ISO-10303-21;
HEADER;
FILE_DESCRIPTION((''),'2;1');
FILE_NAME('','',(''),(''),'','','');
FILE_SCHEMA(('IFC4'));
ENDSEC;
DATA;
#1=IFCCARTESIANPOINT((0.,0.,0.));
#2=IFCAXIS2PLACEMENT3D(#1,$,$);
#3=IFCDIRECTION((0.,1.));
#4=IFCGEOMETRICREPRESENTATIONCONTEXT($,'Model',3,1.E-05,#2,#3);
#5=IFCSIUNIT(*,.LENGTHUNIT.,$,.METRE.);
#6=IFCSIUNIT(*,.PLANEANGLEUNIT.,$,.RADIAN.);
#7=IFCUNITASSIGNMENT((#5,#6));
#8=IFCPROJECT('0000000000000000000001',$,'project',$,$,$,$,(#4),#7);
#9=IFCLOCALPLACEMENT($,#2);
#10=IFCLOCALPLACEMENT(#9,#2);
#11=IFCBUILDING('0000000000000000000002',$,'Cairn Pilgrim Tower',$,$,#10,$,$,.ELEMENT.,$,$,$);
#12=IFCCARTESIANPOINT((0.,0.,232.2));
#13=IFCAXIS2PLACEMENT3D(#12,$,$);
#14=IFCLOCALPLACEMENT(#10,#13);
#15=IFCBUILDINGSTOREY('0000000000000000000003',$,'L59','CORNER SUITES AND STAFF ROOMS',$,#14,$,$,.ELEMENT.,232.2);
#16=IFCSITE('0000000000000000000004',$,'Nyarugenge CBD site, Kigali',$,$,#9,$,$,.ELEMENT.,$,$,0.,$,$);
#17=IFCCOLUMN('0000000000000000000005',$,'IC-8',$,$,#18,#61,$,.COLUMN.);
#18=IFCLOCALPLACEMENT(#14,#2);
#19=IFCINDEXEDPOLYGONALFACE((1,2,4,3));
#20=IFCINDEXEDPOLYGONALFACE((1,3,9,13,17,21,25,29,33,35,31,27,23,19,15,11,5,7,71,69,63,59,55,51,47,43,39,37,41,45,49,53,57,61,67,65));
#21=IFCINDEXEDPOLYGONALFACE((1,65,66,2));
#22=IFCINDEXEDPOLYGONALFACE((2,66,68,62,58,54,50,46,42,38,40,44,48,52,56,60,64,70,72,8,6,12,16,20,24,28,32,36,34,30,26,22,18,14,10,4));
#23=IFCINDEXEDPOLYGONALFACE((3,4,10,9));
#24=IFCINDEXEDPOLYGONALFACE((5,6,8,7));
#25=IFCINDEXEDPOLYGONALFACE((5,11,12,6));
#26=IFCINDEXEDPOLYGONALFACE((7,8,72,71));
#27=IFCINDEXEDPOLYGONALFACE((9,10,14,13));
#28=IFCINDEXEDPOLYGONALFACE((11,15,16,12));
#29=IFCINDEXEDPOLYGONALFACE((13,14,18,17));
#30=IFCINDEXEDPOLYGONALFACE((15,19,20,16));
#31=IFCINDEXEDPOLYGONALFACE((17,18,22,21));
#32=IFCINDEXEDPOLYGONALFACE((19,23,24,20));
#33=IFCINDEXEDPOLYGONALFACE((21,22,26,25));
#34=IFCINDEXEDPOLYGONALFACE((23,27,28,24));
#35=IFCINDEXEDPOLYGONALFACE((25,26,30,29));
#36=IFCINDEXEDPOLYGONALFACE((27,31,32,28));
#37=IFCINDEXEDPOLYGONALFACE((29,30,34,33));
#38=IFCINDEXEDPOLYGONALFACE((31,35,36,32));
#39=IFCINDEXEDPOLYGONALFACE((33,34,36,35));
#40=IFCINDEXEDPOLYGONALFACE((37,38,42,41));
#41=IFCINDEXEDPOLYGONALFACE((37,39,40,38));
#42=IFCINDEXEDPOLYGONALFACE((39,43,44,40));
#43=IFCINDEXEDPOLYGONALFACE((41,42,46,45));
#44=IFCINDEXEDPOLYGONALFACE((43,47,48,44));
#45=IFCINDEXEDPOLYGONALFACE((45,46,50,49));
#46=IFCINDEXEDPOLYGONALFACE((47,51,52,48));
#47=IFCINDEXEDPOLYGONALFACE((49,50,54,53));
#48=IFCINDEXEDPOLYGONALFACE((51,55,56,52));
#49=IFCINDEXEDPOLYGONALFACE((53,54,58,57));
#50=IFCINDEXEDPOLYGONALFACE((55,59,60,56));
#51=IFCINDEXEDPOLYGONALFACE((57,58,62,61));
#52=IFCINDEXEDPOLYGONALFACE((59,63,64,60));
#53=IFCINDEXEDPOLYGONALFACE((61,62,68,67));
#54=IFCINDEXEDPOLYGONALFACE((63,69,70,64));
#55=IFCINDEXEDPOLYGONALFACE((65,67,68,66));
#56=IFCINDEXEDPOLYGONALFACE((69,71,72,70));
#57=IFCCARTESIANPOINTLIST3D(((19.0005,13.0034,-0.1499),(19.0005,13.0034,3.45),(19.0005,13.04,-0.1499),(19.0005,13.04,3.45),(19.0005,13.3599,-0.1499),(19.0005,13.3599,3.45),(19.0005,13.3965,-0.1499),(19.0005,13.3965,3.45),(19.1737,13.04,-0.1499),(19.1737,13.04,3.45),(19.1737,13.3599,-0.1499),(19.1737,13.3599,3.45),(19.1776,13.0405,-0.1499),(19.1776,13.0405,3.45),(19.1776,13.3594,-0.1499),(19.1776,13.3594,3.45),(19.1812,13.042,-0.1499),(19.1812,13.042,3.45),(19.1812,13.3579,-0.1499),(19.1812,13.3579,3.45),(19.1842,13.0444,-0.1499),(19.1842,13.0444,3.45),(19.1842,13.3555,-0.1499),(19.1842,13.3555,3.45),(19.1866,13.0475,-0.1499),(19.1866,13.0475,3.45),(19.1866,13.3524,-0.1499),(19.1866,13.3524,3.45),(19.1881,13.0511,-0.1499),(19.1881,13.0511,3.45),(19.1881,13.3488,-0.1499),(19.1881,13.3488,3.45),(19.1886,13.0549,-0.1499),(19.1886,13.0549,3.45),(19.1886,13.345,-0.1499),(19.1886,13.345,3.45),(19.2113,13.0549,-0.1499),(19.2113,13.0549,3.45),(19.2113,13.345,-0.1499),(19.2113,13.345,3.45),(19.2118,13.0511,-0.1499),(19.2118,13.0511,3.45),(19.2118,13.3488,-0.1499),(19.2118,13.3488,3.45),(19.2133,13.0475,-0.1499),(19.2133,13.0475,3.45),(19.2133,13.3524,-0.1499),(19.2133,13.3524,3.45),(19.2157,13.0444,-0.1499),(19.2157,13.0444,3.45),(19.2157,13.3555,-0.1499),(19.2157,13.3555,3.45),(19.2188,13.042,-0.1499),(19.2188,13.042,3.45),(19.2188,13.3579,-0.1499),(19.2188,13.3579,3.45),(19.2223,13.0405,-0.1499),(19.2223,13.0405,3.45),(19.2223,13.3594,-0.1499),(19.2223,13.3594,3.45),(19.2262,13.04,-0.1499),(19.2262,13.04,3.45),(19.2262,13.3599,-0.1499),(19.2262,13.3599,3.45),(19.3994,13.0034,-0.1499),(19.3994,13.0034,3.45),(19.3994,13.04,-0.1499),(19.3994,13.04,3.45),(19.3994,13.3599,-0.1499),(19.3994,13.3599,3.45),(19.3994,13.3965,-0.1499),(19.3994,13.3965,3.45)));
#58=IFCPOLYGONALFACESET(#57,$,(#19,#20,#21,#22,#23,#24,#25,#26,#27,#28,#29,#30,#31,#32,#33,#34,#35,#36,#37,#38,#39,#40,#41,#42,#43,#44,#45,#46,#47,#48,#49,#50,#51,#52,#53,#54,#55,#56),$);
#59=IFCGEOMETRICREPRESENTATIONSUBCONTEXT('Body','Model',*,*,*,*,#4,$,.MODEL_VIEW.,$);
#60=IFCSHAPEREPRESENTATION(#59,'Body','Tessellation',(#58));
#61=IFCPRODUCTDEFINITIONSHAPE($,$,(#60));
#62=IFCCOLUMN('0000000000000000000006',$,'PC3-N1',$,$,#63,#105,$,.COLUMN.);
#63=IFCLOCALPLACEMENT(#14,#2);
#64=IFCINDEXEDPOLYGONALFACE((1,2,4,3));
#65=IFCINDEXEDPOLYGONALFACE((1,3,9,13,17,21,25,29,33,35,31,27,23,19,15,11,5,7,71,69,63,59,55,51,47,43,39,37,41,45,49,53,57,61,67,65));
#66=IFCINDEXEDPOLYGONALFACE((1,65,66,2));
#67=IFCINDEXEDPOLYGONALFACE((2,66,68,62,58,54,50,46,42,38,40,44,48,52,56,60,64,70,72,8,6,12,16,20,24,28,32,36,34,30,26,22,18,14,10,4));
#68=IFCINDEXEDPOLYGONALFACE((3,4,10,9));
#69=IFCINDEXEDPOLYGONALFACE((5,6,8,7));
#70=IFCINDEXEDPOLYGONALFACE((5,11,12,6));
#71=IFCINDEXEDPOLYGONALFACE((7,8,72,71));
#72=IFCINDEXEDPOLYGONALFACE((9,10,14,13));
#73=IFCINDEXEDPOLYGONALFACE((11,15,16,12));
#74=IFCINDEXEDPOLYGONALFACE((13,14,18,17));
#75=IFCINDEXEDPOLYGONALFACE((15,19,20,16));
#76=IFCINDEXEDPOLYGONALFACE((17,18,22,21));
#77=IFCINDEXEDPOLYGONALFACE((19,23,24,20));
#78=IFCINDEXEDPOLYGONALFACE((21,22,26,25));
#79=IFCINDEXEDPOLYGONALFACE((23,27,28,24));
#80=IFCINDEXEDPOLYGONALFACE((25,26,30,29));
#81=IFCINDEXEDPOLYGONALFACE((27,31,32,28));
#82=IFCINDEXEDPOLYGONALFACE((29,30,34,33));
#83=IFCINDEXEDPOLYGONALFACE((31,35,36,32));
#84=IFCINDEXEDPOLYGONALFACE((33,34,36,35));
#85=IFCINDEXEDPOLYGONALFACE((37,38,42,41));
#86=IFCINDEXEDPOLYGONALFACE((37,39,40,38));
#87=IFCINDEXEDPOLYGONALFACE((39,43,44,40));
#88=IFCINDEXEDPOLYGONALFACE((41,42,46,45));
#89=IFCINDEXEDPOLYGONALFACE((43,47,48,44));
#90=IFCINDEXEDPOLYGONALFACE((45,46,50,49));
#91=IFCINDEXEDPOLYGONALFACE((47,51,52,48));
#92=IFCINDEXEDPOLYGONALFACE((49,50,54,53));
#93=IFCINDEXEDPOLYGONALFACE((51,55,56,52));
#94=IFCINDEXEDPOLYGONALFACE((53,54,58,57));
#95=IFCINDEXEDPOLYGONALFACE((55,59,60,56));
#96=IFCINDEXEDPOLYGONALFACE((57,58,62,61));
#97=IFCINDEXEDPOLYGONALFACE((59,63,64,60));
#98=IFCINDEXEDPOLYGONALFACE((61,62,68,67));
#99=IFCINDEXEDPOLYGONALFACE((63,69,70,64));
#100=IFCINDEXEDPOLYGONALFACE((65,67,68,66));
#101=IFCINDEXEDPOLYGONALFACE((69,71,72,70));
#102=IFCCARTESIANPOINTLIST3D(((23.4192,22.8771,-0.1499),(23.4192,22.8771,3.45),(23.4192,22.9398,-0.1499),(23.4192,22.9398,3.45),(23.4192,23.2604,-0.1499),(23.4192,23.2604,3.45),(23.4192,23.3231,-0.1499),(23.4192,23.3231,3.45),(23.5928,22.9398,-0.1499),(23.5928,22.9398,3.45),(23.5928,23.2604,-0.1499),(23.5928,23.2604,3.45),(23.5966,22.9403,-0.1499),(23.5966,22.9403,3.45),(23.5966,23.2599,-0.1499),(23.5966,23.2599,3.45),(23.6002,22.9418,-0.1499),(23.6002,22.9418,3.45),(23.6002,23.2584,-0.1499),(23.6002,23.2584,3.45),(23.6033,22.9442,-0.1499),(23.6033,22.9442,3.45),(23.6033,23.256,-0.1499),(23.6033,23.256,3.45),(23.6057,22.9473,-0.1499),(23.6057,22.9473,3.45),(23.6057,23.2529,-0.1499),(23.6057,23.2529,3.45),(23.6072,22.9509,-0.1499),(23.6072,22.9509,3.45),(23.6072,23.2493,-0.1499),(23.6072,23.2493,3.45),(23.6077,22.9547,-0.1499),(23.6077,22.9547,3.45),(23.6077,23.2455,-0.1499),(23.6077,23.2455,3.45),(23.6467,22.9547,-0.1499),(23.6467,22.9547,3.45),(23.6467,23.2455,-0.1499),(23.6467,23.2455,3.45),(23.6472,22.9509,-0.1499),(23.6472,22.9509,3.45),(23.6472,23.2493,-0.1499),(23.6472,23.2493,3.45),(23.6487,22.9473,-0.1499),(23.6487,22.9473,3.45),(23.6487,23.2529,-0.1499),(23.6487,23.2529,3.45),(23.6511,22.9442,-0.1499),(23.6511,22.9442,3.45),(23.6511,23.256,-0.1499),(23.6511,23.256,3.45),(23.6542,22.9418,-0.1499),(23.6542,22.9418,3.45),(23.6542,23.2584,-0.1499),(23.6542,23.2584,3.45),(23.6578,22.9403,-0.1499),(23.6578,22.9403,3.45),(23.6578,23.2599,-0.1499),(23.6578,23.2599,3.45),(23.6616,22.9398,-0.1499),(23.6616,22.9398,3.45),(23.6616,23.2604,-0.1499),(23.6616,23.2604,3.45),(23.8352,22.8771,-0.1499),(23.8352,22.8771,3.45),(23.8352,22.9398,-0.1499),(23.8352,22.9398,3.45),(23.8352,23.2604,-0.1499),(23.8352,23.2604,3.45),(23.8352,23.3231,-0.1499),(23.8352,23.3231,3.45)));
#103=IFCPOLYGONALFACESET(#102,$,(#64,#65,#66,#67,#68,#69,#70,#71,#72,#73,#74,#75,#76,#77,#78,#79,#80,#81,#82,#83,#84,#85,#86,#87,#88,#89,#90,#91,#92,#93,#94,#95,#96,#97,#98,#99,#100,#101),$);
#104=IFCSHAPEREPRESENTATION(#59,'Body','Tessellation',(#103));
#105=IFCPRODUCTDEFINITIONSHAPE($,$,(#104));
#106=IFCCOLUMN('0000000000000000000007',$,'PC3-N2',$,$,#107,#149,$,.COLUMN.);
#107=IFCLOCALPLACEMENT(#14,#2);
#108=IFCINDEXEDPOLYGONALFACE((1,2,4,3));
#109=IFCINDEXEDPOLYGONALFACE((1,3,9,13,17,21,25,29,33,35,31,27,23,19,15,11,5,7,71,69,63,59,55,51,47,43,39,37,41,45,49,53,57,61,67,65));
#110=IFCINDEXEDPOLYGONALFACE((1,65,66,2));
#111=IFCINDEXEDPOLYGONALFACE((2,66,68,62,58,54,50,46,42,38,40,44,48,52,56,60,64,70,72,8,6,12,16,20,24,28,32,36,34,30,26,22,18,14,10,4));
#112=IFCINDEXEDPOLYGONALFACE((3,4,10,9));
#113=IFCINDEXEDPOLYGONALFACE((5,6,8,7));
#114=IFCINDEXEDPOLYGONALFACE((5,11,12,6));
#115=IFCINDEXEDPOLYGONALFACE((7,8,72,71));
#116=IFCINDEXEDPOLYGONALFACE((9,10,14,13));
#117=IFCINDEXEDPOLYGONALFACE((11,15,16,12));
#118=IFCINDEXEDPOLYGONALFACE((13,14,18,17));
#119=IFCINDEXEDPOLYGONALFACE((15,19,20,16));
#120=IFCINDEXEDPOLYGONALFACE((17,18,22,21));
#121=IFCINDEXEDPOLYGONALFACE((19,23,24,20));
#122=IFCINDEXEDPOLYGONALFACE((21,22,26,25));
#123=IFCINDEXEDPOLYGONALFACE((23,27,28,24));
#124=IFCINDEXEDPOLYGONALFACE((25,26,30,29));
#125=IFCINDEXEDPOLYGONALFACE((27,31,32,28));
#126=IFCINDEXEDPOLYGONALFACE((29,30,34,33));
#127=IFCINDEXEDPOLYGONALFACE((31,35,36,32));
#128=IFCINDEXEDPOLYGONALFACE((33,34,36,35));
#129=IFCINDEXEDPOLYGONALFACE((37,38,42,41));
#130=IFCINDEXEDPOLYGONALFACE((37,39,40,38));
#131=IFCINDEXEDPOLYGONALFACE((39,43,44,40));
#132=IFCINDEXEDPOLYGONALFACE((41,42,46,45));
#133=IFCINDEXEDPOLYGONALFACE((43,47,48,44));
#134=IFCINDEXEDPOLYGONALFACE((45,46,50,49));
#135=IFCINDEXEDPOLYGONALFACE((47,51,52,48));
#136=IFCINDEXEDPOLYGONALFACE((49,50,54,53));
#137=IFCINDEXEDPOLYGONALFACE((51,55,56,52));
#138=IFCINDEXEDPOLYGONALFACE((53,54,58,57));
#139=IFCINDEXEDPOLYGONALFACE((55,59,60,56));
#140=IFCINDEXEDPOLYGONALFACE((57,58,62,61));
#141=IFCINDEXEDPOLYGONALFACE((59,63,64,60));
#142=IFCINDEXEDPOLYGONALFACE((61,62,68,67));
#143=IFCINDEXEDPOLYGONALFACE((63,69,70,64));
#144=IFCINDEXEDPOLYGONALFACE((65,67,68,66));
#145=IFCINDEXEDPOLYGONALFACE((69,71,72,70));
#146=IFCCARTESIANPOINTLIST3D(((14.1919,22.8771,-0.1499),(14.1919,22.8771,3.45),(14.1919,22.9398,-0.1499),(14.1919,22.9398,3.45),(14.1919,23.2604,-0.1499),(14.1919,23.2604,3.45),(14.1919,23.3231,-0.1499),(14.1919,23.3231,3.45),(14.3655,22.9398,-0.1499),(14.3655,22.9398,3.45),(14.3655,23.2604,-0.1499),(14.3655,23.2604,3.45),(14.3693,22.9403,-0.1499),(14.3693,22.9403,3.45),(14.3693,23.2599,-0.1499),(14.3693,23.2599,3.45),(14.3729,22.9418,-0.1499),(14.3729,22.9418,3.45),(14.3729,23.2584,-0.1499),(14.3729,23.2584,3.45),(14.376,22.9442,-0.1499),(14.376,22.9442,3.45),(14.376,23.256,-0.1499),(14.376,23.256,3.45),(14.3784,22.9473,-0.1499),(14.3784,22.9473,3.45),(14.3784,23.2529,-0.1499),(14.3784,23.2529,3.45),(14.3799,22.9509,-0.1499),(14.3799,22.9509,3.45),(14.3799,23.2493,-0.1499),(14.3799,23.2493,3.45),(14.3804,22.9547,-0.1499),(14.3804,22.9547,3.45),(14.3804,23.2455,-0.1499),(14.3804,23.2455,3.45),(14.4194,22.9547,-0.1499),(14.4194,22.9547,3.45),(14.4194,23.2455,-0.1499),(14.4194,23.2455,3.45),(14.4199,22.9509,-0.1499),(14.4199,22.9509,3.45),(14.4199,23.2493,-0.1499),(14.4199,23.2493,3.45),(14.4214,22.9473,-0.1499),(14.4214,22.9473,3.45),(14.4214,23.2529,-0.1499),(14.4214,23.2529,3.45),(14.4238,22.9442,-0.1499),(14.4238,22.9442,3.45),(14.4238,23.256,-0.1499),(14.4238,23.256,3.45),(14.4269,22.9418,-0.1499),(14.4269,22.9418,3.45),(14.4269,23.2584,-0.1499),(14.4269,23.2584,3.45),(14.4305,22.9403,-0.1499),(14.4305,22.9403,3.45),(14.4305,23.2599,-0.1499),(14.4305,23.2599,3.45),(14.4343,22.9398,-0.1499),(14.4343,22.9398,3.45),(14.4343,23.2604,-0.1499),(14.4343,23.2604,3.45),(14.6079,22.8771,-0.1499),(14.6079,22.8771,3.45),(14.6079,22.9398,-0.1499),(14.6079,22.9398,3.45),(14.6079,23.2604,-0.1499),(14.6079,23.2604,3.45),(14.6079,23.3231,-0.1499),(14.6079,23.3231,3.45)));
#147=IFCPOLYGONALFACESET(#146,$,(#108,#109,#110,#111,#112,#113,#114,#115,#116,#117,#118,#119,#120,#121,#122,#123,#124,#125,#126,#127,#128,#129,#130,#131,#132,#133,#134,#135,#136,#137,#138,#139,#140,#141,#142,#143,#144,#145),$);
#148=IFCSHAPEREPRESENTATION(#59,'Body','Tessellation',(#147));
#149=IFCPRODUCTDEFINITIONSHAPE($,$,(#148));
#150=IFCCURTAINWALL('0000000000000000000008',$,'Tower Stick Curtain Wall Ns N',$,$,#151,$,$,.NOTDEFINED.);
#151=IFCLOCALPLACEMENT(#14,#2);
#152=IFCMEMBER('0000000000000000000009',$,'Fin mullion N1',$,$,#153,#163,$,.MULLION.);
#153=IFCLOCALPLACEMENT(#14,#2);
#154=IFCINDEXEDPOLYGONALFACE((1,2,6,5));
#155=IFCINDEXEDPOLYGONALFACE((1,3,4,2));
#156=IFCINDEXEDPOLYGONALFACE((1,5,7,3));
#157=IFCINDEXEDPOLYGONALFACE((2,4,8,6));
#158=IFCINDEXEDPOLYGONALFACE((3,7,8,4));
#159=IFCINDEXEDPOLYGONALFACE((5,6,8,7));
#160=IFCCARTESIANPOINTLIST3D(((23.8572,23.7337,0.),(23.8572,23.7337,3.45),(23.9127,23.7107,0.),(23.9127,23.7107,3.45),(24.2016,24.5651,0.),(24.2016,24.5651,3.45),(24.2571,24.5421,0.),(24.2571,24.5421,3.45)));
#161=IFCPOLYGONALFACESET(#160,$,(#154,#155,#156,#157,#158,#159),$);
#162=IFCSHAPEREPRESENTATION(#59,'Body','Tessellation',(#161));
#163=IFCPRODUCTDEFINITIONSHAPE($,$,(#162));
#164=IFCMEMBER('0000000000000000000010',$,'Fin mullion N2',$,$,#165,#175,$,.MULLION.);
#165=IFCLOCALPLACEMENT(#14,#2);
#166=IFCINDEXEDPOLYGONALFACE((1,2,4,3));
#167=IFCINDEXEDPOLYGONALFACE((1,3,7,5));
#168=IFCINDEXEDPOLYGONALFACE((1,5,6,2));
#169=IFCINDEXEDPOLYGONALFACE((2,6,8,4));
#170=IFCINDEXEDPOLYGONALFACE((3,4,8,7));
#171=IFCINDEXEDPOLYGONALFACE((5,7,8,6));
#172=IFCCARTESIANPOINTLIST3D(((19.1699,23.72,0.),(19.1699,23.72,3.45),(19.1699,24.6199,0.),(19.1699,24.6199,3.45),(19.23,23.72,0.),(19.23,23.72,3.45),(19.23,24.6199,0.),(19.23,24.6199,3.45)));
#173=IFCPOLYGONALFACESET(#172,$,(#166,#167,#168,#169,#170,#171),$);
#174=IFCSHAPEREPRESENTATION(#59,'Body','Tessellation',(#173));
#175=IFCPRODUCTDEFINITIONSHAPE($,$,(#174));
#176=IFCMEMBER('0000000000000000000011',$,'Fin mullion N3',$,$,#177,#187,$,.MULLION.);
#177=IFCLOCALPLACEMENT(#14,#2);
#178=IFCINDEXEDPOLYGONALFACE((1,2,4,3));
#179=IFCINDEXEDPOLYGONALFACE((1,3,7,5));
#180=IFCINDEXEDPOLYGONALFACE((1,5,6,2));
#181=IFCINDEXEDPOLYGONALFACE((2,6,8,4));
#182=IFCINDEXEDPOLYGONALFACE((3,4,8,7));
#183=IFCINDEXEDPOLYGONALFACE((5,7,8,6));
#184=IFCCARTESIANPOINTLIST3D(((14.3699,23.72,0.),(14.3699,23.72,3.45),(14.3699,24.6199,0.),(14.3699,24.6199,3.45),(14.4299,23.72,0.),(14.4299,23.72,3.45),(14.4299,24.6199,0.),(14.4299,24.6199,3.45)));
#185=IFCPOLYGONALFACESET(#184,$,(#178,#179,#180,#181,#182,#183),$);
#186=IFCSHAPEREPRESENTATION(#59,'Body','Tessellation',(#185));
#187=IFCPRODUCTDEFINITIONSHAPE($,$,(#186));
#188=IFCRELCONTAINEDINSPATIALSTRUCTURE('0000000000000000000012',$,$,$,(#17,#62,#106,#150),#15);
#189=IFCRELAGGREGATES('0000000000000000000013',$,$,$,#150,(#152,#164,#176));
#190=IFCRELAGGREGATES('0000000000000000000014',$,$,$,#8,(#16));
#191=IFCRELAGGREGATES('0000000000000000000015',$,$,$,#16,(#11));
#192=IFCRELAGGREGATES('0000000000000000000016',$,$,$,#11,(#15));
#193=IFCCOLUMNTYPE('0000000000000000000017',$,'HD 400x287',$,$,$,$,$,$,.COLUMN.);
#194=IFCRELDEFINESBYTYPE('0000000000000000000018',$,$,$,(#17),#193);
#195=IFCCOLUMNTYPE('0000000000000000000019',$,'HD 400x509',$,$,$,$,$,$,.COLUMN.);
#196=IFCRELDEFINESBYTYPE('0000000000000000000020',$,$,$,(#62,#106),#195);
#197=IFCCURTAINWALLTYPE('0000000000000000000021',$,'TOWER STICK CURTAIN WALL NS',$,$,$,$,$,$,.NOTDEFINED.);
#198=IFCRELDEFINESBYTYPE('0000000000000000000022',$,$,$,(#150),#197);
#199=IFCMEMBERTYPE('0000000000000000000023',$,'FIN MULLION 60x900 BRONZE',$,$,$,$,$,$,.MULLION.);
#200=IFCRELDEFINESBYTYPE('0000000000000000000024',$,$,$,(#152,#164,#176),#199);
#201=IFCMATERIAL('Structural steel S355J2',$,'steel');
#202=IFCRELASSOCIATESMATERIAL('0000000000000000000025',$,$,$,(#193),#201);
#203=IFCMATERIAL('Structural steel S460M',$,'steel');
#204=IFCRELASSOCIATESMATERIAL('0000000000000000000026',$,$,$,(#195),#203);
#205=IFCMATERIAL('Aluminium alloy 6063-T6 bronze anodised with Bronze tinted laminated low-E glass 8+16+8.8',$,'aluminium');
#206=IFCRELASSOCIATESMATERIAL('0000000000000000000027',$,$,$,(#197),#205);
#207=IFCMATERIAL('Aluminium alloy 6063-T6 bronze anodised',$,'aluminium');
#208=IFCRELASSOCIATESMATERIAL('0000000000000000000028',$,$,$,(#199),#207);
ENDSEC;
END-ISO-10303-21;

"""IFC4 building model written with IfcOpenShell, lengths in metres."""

from ifc_helpers import new_model, si_unit, direction, frame, origin, origin_2d, place, context, subcontext, project, spatial, rectangle, i_section, extrude, material, material_profile, profile_set, type_object, element, aggregate, save


model = new_model("IFC4")

# Units and contexts
model_context = context("Model", 3, precision=1e-05, world=origin(), true_north=direction((0.0, 1.0)))
body_context = subcontext(model_context, "Body", "Model", "MODEL_VIEW")
ifc_project = project(units=[si_unit("LENGTHUNIT", "METRE"), si_unit("PLANEANGLEUNIT", "RADIAN")], contexts=[model_context])

# Site, building, storey
site_placement = place(None, origin())
site = spatial("IfcSite", under=ifc_project, at=site_placement, Name="Nyarugenge CBD site, Kigali", CompositionType="ELEMENT", RefElevation=0.0)
building_placement = place(site_placement, origin())
building = spatial("IfcBuilding", under=site, at=building_placement, Name="Cairn Pilgrim Tower", CompositionType="ELEMENT")
storey_placement = place(building_placement, frame((0.0, 0.0, 232.2)))
storey = spatial("IfcBuildingStorey", under=building, at=storey_placement, Name="L59", Description="CORNER SUITES AND STAFF ROOMS", CompositionType="ELEMENT", Elevation=232.2)

# Columns
ifc_material_1 = material(Name="Structural steel S355J2", Category="steel")
ifc_material_profile_1 = material_profile(ifc_material_1, i_section(OverallWidth=0.3989, OverallDepth=0.3931, WebThickness=0.0227, FlangeThickness=0.0366, FilletRadius=0.0149, at=origin_2d()), Name="HD 400x287")
ifc_profile_set_1 = profile_set([ifc_material_profile_1], Name="Structural steel S355J2")
column_type_1 = type_object("IfcColumnType", Name="HD 400x287", PredefinedType="COLUMN", material=ifc_profile_set_1)
column_placement = place(storey_placement, frame((19.2, 13.2, -0.1499), z_axis=(0.0, 0.0, 1.0), x_axis=(1.0, 0.0, 0.0)))
element("IfcColumn", 1, at=column_placement, inside=storey, type_object=column_type_1, Name="IC-8", PredefinedType="COLUMN", context=body_context, shape_type="SweptSolid", body=[
    extrude(i_section(OverallWidth=0.3989, OverallDepth=0.3931, WebThickness=0.0227, FlangeThickness=0.0366, FilletRadius=0.0149, at=origin_2d()), origin(), (0.0, 0.0, 1.0), 3.5999),
])
ifc_material_2 = material(Name="Structural steel S460M", Category="steel")
ifc_material_profile_2 = material_profile(ifc_material_2, i_section(OverallWidth=0.416, OverallDepth=0.446, WebThickness=0.0391, FlangeThickness=0.0627, FilletRadius=0.0149, at=origin_2d()), Name="HD 400x509")
ifc_profile_set_2 = profile_set([ifc_material_profile_2], Name="Structural steel S460M")
column_type_2 = type_object("IfcColumnType", Name="HD 400x509", PredefinedType="COLUMN", material=ifc_profile_set_2)
for number, where, z_axis, x_axis, name in (
    (2, (23.6272, 23.1001, -0.1499), (0.0, 0.0, 1.0), (1.0, 0.0, 0.0), "PC3-N1"),
    (3, (14.3999, 23.1001, -0.1499), (0.0, 0.0, 1.0), (1.0, 0.0, 0.0), "PC3-N2"),
):
    element("IfcColumn", number, at=place(storey_placement, frame(where, z_axis=z_axis, x_axis=x_axis)), inside=storey, type_object=column_type_2, Name=name, PredefinedType="COLUMN", context=body_context, shape_type="SweptSolid", body=[
        extrude(i_section(OverallWidth=0.416, OverallDepth=0.446, WebThickness=0.0391, FlangeThickness=0.0627, FilletRadius=0.0149, at=origin_2d()), origin(), (0.0, 0.0, 1.0), 3.5999),
    ])

# Curtain wall, members
ifc_material_3 = material(Name="Aluminium alloy 6063-T6 bronze anodised with Bronze tinted laminated low-E glass 8+16+8.8", Category="aluminium")
curtain_wall_type = type_object("IfcCurtainWallType", Name="TOWER STICK CURTAIN WALL NS", PredefinedType="NOTDEFINED", material=ifc_material_3)
curtain_wall_placement = place(storey_placement, origin())
curtain_wall = element("IfcCurtainWall", 4, at=curtain_wall_placement, inside=storey, type_object=curtain_wall_type, Name="Tower Stick Curtain Wall Ns N", PredefinedType="NOTDEFINED")
ifc_material_4 = material(Name="Aluminium alloy 6063-T6 bronze anodised", Category="aluminium")
ifc_material_profile_3 = material_profile(ifc_material_4, rectangle(XDim=0.8999, YDim=0.0601, at=origin_2d()), Name="FIN MULLION 60x900 BRONZE")
ifc_profile_set_3 = profile_set([ifc_material_profile_3], Name="Aluminium alloy 6063-T6 bronze anodised")
member_type_1 = type_object("IfcMemberType", Name="FIN MULLION 60x900 BRONZE", PredefinedType="MULLION", material=ifc_profile_set_3)
member_1_placement = place(storey_placement, frame((24.0571, 24.1379, 0.0), z_axis=(0.0, 0.0, 1.0), x_axis=(0.382683, 0.92388, 0.0)))
member_1 = element("IfcMember", 5, at=member_1_placement, type_object=member_type_1, Name="Fin mullion N1", PredefinedType="MULLION", context=body_context, shape_type="SweptSolid", body=[
    extrude(rectangle(XDim=0.8999, YDim=0.0601, at=origin_2d()), origin(), (0.0, 0.0, 1.0), 3.45),
])
member_2_placement = place(storey_placement, frame((19.2, 24.1699, 0.0), z_axis=(0.0, 0.0, 1.0), x_axis=(0.0, 1.0, 0.0)))
member_2 = element("IfcMember", 6, at=member_2_placement, type_object=member_type_1, Name="Fin mullion N2", PredefinedType="MULLION", context=body_context, shape_type="SweptSolid", body=[
    extrude(rectangle(XDim=0.8999, YDim=0.0601, at=origin_2d()), origin(), (0.0, 0.0, 1.0), 3.45),
])
member_3_placement = place(storey_placement, frame((14.3999, 24.1699, 0.0), z_axis=(0.0, 0.0, 1.0), x_axis=(0.0, 1.0, 0.0)))
member_3 = element("IfcMember", 7, at=member_3_placement, type_object=member_type_1, Name="Fin mullion N3", PredefinedType="MULLION", context=body_context, shape_type="SweptSolid", body=[
    extrude(rectangle(XDim=0.8999, YDim=0.0601, at=origin_2d()), origin(), (0.0, 0.0, 1.0), 3.45),
])

aggregate(curtain_wall, [member_1, member_2, member_3])

save(model, "model.ifc")
